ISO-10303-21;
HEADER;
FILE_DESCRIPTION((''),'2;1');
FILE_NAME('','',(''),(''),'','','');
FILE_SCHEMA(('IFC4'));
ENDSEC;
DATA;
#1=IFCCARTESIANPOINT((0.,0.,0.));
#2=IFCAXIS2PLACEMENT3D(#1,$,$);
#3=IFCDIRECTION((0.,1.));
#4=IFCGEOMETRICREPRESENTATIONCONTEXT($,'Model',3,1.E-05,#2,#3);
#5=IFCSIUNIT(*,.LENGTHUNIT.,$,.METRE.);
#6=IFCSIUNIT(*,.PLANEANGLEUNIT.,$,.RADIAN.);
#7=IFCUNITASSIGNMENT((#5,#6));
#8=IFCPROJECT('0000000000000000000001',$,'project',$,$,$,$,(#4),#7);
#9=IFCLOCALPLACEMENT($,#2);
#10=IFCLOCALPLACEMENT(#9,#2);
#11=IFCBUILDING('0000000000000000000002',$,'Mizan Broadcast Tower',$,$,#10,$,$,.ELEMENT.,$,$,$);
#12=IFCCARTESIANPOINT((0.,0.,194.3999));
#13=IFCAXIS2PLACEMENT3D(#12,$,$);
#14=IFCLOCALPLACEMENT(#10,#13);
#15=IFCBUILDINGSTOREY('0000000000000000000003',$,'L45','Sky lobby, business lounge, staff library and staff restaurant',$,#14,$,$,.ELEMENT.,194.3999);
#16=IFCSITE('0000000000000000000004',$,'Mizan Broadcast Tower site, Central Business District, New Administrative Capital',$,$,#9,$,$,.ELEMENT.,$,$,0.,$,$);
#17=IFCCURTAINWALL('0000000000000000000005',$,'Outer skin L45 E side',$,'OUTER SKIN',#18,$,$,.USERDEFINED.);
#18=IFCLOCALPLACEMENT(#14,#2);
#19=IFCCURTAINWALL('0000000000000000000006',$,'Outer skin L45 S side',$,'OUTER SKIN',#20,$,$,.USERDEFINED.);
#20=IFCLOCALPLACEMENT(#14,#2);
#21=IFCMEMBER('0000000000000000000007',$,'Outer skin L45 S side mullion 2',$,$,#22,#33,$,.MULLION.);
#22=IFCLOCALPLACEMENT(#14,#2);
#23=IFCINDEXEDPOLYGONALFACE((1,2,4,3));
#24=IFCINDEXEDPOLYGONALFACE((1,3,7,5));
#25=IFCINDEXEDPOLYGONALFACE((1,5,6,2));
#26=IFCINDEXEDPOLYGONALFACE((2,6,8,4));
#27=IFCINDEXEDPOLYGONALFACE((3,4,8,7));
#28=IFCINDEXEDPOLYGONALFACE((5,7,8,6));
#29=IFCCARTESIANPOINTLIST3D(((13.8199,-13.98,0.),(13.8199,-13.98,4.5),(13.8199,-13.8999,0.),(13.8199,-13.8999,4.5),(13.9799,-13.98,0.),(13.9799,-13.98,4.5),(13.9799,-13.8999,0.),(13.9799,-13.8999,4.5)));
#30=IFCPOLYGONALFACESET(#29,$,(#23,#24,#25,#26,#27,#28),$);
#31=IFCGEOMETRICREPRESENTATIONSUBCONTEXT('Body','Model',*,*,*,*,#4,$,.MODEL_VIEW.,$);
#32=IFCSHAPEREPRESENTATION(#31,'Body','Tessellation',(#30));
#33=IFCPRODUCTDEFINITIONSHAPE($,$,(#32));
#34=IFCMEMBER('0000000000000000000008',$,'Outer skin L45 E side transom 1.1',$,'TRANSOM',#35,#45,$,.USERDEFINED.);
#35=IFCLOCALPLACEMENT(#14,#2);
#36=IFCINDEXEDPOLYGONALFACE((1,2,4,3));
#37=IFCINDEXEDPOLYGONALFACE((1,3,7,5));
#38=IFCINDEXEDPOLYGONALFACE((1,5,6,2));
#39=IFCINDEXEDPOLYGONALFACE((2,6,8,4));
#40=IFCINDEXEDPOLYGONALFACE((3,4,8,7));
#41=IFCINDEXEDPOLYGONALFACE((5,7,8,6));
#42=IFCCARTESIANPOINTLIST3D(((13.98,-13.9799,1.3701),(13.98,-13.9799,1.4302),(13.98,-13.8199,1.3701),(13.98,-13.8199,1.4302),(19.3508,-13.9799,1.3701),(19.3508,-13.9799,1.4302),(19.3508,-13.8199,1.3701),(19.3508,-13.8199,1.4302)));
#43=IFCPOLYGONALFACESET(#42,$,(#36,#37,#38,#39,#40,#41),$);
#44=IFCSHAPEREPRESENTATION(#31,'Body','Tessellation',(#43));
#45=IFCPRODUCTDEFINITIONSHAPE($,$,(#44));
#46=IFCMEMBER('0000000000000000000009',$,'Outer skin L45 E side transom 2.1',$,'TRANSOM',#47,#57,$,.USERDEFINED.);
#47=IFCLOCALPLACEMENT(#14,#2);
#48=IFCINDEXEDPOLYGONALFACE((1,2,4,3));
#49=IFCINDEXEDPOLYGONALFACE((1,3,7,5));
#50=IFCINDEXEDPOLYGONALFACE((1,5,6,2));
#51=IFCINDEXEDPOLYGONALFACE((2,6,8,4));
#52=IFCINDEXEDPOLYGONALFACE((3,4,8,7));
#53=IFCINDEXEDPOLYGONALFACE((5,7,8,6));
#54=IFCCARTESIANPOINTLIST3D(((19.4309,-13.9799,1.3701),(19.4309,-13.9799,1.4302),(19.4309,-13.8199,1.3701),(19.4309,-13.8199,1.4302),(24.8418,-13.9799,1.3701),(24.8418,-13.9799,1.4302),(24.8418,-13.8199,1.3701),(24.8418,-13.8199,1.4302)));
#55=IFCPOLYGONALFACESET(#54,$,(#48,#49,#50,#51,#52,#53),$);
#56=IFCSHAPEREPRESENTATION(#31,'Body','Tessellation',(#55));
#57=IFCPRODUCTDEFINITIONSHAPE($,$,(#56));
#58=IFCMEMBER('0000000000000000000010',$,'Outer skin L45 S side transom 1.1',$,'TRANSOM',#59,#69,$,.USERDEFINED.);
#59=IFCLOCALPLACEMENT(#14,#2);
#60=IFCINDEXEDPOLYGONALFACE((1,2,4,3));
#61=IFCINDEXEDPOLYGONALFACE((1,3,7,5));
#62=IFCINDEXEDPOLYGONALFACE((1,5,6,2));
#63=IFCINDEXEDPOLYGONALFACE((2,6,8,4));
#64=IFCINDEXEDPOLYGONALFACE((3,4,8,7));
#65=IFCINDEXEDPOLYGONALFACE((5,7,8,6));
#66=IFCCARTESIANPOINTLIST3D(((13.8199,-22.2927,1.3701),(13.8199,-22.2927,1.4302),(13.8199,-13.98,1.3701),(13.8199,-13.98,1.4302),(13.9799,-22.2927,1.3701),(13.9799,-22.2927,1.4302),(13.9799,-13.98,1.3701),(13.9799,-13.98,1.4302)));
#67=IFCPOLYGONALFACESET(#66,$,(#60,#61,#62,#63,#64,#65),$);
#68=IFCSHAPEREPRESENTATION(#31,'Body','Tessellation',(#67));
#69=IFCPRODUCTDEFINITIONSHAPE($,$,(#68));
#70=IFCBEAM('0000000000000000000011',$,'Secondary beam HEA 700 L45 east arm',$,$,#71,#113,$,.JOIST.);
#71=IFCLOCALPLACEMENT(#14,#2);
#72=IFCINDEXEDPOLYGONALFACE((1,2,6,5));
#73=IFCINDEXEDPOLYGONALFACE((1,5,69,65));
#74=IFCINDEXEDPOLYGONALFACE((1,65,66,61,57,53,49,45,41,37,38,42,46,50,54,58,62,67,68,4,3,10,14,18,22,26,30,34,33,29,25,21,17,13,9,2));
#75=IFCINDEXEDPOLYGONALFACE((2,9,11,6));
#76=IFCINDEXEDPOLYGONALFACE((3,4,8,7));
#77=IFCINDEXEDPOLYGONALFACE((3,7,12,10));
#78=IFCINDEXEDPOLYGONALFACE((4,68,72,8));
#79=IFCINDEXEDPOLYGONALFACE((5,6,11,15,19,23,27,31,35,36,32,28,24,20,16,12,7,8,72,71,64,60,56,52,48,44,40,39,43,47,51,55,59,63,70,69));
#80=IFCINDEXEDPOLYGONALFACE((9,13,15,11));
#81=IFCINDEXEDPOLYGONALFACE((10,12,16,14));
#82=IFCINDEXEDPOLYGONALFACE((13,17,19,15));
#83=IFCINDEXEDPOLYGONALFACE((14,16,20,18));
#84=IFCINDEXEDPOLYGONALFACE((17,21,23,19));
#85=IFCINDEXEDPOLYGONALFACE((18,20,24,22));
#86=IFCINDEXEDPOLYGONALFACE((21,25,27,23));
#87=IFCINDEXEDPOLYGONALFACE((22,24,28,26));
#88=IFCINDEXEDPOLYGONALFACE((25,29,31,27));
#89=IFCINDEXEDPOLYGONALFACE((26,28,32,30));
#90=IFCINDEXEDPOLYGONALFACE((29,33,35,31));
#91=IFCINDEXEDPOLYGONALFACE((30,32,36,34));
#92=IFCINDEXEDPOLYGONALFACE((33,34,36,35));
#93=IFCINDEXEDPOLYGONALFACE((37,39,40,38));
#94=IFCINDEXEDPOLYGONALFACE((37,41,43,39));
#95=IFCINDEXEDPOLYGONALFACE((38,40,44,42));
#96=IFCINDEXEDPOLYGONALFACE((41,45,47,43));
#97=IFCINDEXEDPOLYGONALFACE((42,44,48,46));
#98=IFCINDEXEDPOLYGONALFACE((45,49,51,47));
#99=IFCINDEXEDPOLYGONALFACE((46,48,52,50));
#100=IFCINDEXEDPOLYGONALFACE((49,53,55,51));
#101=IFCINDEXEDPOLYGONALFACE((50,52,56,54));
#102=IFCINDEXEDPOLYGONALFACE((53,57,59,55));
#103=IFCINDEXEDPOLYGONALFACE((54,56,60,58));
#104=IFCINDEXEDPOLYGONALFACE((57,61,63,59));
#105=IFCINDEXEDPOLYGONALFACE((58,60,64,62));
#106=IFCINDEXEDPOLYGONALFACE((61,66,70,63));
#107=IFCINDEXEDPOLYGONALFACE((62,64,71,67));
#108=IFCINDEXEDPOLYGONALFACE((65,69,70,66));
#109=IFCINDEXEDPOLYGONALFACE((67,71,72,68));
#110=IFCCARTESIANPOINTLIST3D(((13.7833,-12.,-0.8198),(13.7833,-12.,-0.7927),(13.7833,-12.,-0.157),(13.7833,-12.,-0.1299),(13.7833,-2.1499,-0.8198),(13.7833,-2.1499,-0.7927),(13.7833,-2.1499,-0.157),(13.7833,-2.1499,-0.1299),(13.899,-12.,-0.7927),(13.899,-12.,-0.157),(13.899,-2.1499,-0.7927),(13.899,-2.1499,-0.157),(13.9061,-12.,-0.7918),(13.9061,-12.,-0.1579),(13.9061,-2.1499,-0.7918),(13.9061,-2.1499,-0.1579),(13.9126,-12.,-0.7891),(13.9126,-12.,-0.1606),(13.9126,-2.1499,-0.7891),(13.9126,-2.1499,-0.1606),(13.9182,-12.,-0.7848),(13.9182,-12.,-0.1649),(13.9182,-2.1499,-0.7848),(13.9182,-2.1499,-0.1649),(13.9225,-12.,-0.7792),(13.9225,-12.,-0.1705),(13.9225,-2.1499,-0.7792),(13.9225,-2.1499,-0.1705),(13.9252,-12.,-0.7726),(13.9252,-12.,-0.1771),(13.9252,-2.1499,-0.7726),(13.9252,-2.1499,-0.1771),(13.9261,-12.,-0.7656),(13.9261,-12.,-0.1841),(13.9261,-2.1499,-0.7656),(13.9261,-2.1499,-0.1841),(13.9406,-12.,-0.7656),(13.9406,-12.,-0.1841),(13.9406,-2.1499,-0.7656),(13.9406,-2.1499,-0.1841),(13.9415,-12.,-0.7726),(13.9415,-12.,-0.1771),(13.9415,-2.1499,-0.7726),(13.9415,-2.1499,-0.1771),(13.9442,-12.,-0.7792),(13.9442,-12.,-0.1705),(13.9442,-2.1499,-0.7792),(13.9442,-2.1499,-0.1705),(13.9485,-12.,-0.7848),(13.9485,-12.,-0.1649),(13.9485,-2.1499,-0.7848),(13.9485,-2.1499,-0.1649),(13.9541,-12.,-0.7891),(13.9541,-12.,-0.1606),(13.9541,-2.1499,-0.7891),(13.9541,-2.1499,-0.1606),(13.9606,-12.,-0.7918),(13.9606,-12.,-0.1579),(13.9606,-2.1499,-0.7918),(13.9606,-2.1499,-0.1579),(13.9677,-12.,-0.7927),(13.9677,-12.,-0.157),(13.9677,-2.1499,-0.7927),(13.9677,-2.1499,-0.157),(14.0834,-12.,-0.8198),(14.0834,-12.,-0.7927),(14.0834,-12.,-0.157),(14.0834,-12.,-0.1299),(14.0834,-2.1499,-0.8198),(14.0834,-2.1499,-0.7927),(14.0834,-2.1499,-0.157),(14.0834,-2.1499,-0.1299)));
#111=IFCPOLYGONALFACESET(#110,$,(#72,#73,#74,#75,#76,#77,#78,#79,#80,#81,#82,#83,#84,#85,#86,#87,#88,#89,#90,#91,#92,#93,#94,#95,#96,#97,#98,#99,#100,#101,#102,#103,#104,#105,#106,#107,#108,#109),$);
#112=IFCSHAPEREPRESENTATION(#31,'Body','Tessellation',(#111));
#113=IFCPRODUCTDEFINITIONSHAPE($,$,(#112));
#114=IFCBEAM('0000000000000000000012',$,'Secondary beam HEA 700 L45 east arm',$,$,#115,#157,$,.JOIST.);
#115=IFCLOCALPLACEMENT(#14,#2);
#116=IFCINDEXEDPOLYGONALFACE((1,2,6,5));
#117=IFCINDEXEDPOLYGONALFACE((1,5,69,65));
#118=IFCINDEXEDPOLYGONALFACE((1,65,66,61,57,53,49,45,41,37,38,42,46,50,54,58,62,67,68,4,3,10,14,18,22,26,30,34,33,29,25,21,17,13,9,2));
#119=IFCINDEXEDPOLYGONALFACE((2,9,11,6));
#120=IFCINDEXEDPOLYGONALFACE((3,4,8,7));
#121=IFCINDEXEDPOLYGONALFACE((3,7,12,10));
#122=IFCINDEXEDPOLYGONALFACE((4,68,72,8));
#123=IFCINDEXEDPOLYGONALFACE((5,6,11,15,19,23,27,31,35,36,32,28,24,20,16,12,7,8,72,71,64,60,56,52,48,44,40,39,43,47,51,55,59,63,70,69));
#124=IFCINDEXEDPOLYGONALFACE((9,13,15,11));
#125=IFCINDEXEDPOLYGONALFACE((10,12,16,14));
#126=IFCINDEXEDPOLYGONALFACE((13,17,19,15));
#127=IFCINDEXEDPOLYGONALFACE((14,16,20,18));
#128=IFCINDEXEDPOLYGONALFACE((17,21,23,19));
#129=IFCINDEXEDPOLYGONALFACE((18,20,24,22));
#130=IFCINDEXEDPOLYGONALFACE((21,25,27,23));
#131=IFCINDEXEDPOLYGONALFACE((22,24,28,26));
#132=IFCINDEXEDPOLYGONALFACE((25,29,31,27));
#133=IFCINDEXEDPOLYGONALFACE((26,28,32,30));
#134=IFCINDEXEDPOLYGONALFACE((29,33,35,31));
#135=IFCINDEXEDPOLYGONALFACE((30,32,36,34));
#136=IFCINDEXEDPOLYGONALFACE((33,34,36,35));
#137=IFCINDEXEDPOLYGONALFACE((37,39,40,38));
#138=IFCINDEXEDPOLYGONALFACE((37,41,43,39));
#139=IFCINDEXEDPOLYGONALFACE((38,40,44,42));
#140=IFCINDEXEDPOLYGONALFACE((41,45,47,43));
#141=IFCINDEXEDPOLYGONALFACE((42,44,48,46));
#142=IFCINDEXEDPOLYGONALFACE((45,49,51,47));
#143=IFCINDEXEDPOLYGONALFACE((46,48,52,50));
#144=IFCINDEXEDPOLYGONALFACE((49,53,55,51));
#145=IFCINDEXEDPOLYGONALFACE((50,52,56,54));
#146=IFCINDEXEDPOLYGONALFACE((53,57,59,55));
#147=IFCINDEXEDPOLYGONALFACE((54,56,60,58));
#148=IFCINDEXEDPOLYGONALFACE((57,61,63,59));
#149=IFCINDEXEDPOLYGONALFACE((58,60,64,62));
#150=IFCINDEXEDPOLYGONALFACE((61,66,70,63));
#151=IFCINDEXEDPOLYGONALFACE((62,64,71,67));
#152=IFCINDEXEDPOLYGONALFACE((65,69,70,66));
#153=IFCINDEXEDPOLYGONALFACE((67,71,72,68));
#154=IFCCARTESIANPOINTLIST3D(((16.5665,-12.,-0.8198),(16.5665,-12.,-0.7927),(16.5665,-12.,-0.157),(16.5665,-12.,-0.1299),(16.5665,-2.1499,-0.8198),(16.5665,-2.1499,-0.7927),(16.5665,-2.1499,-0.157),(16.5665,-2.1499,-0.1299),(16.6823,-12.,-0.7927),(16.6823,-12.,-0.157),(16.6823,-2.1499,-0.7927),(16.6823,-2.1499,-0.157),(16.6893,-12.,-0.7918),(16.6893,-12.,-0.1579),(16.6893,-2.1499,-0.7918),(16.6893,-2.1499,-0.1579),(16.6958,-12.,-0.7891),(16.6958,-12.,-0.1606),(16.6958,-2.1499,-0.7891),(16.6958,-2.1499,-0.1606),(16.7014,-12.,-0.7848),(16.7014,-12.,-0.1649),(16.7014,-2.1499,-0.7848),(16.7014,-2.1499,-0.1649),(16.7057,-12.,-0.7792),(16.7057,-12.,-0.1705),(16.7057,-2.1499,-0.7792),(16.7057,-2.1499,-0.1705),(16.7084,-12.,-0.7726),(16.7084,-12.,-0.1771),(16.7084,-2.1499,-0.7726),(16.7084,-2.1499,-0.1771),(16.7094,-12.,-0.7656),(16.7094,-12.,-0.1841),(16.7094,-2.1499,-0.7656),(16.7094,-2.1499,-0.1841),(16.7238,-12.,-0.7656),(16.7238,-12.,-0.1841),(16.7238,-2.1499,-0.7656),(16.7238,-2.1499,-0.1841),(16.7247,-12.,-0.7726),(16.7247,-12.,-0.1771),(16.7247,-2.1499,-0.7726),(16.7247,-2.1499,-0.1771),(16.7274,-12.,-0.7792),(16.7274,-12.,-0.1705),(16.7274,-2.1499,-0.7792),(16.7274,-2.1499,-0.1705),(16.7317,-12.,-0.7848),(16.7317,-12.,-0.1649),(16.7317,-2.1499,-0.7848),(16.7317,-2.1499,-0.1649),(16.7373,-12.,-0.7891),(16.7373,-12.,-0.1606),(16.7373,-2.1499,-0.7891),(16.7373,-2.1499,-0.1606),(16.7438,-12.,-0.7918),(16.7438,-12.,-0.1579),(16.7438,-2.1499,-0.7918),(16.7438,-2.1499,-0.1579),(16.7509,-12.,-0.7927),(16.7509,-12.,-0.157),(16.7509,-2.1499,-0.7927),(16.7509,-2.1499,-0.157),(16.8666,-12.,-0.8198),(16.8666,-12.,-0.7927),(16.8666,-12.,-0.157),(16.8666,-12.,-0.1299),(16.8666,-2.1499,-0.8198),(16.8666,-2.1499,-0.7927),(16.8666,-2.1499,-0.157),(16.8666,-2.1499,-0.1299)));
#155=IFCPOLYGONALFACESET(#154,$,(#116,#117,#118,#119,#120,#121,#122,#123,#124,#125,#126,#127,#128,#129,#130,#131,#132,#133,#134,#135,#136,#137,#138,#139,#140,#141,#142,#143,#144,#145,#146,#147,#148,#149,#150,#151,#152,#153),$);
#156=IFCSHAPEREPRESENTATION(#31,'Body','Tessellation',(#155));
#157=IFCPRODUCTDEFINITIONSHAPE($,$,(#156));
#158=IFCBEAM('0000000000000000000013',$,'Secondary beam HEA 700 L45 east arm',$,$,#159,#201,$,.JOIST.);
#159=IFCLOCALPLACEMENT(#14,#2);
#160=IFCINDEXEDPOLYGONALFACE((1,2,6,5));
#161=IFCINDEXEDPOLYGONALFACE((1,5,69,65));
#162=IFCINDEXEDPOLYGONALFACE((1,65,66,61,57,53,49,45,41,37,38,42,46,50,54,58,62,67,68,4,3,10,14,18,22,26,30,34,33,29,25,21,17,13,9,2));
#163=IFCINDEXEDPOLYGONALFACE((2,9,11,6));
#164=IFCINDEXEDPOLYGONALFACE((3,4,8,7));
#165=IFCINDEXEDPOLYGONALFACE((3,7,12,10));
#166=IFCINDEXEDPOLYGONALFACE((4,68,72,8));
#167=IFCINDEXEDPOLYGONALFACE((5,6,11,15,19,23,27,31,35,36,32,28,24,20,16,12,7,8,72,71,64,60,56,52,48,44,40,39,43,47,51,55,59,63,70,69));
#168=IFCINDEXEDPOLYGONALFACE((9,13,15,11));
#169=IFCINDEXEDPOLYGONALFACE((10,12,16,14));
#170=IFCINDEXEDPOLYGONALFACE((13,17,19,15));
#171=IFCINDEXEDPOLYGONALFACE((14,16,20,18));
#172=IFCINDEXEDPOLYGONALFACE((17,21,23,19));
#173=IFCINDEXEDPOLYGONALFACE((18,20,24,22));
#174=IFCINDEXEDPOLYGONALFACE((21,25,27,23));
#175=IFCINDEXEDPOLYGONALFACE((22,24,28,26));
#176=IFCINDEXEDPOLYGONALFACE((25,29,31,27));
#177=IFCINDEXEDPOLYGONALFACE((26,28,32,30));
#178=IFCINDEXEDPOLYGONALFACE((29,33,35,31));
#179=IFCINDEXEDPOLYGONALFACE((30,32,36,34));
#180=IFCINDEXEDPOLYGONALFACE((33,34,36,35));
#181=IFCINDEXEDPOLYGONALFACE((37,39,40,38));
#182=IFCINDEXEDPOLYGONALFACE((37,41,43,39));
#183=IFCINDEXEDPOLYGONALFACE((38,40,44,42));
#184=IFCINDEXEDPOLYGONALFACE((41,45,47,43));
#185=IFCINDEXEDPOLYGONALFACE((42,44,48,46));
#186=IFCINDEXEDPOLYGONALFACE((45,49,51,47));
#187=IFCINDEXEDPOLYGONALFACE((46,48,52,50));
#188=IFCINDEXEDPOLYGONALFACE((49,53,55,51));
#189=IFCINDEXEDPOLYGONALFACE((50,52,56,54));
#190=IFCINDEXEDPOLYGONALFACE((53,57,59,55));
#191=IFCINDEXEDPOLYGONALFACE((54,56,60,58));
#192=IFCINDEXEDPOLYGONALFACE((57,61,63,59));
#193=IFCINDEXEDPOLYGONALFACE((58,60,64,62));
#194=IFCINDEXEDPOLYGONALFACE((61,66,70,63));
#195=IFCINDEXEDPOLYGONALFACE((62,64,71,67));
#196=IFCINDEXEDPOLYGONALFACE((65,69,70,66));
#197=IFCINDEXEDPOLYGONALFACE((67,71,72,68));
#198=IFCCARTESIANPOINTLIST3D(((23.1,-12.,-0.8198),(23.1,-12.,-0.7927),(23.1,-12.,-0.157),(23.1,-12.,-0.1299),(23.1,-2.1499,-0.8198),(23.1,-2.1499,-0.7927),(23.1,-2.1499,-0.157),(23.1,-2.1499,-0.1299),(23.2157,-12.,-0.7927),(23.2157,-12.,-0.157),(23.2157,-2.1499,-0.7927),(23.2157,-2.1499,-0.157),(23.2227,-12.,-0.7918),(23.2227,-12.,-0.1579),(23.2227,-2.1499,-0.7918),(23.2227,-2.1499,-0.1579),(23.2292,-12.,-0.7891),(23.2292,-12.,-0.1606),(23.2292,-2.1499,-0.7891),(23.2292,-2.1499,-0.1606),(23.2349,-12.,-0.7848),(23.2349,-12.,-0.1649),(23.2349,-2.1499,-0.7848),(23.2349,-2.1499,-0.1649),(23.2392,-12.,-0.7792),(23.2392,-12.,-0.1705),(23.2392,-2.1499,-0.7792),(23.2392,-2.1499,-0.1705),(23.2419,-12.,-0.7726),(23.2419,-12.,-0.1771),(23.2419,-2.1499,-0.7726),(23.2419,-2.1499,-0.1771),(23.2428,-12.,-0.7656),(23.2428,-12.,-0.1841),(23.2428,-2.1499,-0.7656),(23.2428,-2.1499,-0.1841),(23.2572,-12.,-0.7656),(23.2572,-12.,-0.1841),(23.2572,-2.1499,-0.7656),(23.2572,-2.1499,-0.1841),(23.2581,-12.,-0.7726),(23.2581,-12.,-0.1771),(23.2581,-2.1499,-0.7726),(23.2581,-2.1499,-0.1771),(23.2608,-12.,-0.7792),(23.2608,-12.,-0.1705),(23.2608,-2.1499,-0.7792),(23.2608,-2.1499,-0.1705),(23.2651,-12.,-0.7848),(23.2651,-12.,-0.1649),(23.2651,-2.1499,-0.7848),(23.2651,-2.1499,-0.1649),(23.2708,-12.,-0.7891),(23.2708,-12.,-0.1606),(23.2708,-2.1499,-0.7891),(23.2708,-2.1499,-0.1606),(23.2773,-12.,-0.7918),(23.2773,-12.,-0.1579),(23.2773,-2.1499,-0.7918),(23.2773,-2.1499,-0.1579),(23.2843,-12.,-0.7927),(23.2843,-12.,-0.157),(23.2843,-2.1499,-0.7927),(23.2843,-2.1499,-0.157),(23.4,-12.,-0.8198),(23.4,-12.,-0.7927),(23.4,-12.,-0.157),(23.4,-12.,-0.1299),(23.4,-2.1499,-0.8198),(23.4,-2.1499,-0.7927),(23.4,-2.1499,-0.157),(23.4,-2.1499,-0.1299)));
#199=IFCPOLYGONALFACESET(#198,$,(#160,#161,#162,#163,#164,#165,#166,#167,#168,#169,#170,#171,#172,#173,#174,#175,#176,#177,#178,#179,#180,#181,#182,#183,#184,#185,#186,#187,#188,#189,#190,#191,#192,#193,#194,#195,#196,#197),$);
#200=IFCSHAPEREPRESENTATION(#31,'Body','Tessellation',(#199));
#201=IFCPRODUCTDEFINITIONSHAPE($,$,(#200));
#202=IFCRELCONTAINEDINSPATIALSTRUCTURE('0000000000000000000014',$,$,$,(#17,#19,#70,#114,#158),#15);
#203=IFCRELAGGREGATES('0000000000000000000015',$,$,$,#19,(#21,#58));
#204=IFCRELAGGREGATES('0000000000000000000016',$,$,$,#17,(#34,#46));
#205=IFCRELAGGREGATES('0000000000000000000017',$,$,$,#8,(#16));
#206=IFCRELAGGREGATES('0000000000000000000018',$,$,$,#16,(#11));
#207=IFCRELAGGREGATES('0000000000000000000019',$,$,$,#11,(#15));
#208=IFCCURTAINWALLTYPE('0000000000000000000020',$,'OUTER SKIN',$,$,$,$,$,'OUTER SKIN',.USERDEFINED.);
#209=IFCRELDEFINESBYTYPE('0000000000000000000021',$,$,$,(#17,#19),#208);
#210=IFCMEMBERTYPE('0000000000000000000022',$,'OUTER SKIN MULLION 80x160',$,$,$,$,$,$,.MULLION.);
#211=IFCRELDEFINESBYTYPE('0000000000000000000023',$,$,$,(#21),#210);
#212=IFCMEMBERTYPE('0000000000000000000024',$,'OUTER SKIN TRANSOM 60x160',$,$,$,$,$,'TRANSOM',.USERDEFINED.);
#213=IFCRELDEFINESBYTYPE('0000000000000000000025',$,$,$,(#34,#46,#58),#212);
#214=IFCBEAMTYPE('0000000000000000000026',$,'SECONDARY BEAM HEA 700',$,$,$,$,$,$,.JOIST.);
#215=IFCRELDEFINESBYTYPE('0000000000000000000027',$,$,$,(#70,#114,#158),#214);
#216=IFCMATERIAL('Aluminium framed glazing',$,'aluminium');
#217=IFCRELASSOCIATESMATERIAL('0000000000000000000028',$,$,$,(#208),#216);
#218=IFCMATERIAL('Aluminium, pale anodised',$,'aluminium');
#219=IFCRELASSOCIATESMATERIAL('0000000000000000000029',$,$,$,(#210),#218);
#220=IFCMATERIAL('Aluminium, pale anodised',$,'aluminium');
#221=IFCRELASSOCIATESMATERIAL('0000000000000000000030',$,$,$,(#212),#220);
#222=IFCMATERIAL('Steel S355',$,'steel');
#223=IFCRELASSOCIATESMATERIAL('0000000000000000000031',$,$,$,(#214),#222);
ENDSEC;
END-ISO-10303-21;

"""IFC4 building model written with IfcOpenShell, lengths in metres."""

from ifc_helpers import new_model, si_unit, direction, frame, origin, origin_2d, place, context, subcontext, project, spatial, rectangle, i_section, extrude, material, material_profile, profile_set, type_object, element, aggregate, save


model = new_model("IFC4")

# Units and contexts
model_context = context("Model", 3, precision=1e-05, world=origin(), true_north=direction((0.0, 1.0)))
body_context = subcontext(model_context, "Body", "Model", "MODEL_VIEW")
ifc_project = project(units=[si_unit("LENGTHUNIT", "METRE"), si_unit("PLANEANGLEUNIT", "RADIAN")], contexts=[model_context])

# Site, building, storey
site_placement = place(None, origin())
site = spatial("IfcSite", under=ifc_project, at=site_placement, Name="Mizan Broadcast Tower site, Central Business District, New Administrative Capital", CompositionType="ELEMENT", RefElevation=0.0)
building_placement = place(site_placement, origin())
building = spatial("IfcBuilding", under=site, at=building_placement, Name="Mizan Broadcast Tower", CompositionType="ELEMENT")
storey_placement = place(building_placement, frame((0.0, 0.0, 194.3999)))
storey = spatial("IfcBuildingStorey", under=building, at=storey_placement, Name="L45", Description="Sky lobby, business lounge, staff library and staff restaurant", CompositionType="ELEMENT", Elevation=194.3999)

# Curtain walls, member
ifc_material_1 = material(Name="Aluminium framed glazing", Category="aluminium")
curtain_wall_type_1 = type_object("IfcCurtainWallType", Name="OUTER SKIN", ElementType="OUTER SKIN", PredefinedType="USERDEFINED", material=ifc_material_1)
curtain_wall_1_placement = place(storey_placement, origin())
curtain_wall_1 = element("IfcCurtainWall", 1, at=curtain_wall_1_placement, inside=storey, type_object=curtain_wall_type_1, Name="Outer skin L45 E side", ObjectType="OUTER SKIN", PredefinedType="USERDEFINED")
ifc_material_2 = material(Name="Aluminium, pale anodised", Category="aluminium")
ifc_material_profile_1 = material_profile(ifc_material_2, rectangle(XDim=0.1599, YDim=0.0801, at=origin_2d()), Name="MULLION 160x80")
ifc_profile_set_1 = profile_set([ifc_material_profile_1], Name="Aluminium, pale anodised")
member_type_1 = type_object("IfcMemberType", Name="OUTER SKIN MULLION 80x160", PredefinedType="MULLION", material=ifc_profile_set_1)
curtain_wall_2_placement = place(storey_placement, origin())
curtain_wall_2 = element("IfcCurtainWall", 2, at=curtain_wall_2_placement, inside=storey, type_object=curtain_wall_type_1, Name="Outer skin L45 S side", ObjectType="OUTER SKIN", PredefinedType="USERDEFINED")
member_1_placement = place(storey_placement, frame((13.8999, -13.9399, 0.0), z_axis=(0.0, 0.0, 1.0), x_axis=(-1.0, 0.0, 0.0)))
member_1 = element("IfcMember", 3, at=member_1_placement, type_object=member_type_1, Name="Outer skin L45 S side mullion 2", PredefinedType="MULLION", context=body_context, shape_type="SweptSolid", body=[
    extrude(rectangle(XDim=0.1599, YDim=0.0801, at=origin_2d()), origin(), (0.0, 0.0, 1.0), 4.5),
])

# Members
ifc_material_3 = material(Name="Aluminium, pale anodised", Category="aluminium")
ifc_material_profile_2 = material_profile(ifc_material_3, rectangle(XDim=0.1599, YDim=0.0601, at=origin_2d()), Name="TRANSOM 160x60")
ifc_profile_set_2 = profile_set([ifc_material_profile_2], Name="Aluminium, pale anodised")
member_type_2 = type_object("IfcMemberType", Name="OUTER SKIN TRANSOM 60x160", ElementType="TRANSOM", PredefinedType="USERDEFINED", material=ifc_profile_set_2)
member_2_placement = place(storey_placement, frame((13.98, -13.8999, 1.4001), z_axis=(1.0, 0.0, 0.0), x_axis=(0.0, 1.0, 0.0)))
member_2 = element("IfcMember", 4, at=member_2_placement, type_object=member_type_2, Name="Outer skin L45 E side transom 1.1", ObjectType="TRANSOM", PredefinedType="USERDEFINED", context=body_context, shape_type="SweptSolid", body=[
    extrude(rectangle(XDim=0.1599, YDim=0.0601, at=origin_2d()), origin(), (0.0, 0.0, 1.0), 5.3708),
])
member_3_placement = place(storey_placement, frame((19.4309, -13.8999, 1.4001), z_axis=(1.0, 0.0, 0.0), x_axis=(0.0, 1.0, 0.0)))
member_3 = element("IfcMember", 5, at=member_3_placement, type_object=member_type_2, Name="Outer skin L45 E side transom 2.1", ObjectType="TRANSOM", PredefinedType="USERDEFINED", context=body_context, shape_type="SweptSolid", body=[
    extrude(rectangle(XDim=0.1599, YDim=0.0601, at=origin_2d()), origin(), (0.0, 0.0, 1.0), 5.4109),
])
member_4_placement = place(storey_placement, frame((13.8999, -22.2927, 1.4001), z_axis=(0.0, 1.0, 0.0), x_axis=(-1.0, 0.0, 0.0)))
member_4 = element("IfcMember", 6, at=member_4_placement, type_object=member_type_2, Name="Outer skin L45 S side transom 1.1", ObjectType="TRANSOM", PredefinedType="USERDEFINED", context=body_context, shape_type="SweptSolid", body=[
    extrude(rectangle(XDim=0.1599, YDim=0.0601, at=origin_2d()), origin(), (0.0, 0.0, 1.0), 8.3127),
])

# Beams
ifc_material_4 = material(Name="Steel S355", Category="steel")
ifc_material_profile_3 = material_profile(ifc_material_4, i_section(OverallWidth=0.3, OverallDepth=0.6899, WebThickness=0.0144, FlangeThickness=0.0271, FilletRadius=0.0271, at=origin_2d()), Name="HEA 700")
ifc_profile_set_3 = profile_set([ifc_material_profile_3], Name="Steel S355")
beam_type_1 = type_object("IfcBeamType", Name="SECONDARY BEAM HEA 700", PredefinedType="JOIST", material=ifc_profile_set_3)
for number, where, z_axis, x_axis, name in (
    (7, (13.9333, -12.0, -0.4749), (0.0, 1.0, 0.0), (-1.0, 0.0, 0.0), "Secondary beam HEA 700 L45 east arm"),
    (8, (16.7166, -12.0, -0.4749), (0.0, 1.0, 0.0), (-1.0, 0.0, 0.0), "Secondary beam HEA 700 L45 east arm"),
    (9, (23.25, -12.0, -0.4749), (0.0, 1.0, 0.0), (-1.0, 0.0, 0.0), "Secondary beam HEA 700 L45 east arm"),
):
    element("IfcBeam", number, at=place(storey_placement, frame(where, z_axis=z_axis, x_axis=x_axis)), inside=storey, type_object=beam_type_1, Name=name, PredefinedType="JOIST", context=body_context, shape_type="SweptSolid", body=[
        extrude(i_section(OverallWidth=0.3, OverallDepth=0.6899, WebThickness=0.0144, FlangeThickness=0.0271, FilletRadius=0.0271, at=origin_2d()), origin(), (0.0, 0.0, 1.0), 9.8501),
    ])

aggregate(curtain_wall_2, [member_1, member_4])
aggregate(curtain_wall_1, [member_2, member_3])

save(model, "model.ifc")
